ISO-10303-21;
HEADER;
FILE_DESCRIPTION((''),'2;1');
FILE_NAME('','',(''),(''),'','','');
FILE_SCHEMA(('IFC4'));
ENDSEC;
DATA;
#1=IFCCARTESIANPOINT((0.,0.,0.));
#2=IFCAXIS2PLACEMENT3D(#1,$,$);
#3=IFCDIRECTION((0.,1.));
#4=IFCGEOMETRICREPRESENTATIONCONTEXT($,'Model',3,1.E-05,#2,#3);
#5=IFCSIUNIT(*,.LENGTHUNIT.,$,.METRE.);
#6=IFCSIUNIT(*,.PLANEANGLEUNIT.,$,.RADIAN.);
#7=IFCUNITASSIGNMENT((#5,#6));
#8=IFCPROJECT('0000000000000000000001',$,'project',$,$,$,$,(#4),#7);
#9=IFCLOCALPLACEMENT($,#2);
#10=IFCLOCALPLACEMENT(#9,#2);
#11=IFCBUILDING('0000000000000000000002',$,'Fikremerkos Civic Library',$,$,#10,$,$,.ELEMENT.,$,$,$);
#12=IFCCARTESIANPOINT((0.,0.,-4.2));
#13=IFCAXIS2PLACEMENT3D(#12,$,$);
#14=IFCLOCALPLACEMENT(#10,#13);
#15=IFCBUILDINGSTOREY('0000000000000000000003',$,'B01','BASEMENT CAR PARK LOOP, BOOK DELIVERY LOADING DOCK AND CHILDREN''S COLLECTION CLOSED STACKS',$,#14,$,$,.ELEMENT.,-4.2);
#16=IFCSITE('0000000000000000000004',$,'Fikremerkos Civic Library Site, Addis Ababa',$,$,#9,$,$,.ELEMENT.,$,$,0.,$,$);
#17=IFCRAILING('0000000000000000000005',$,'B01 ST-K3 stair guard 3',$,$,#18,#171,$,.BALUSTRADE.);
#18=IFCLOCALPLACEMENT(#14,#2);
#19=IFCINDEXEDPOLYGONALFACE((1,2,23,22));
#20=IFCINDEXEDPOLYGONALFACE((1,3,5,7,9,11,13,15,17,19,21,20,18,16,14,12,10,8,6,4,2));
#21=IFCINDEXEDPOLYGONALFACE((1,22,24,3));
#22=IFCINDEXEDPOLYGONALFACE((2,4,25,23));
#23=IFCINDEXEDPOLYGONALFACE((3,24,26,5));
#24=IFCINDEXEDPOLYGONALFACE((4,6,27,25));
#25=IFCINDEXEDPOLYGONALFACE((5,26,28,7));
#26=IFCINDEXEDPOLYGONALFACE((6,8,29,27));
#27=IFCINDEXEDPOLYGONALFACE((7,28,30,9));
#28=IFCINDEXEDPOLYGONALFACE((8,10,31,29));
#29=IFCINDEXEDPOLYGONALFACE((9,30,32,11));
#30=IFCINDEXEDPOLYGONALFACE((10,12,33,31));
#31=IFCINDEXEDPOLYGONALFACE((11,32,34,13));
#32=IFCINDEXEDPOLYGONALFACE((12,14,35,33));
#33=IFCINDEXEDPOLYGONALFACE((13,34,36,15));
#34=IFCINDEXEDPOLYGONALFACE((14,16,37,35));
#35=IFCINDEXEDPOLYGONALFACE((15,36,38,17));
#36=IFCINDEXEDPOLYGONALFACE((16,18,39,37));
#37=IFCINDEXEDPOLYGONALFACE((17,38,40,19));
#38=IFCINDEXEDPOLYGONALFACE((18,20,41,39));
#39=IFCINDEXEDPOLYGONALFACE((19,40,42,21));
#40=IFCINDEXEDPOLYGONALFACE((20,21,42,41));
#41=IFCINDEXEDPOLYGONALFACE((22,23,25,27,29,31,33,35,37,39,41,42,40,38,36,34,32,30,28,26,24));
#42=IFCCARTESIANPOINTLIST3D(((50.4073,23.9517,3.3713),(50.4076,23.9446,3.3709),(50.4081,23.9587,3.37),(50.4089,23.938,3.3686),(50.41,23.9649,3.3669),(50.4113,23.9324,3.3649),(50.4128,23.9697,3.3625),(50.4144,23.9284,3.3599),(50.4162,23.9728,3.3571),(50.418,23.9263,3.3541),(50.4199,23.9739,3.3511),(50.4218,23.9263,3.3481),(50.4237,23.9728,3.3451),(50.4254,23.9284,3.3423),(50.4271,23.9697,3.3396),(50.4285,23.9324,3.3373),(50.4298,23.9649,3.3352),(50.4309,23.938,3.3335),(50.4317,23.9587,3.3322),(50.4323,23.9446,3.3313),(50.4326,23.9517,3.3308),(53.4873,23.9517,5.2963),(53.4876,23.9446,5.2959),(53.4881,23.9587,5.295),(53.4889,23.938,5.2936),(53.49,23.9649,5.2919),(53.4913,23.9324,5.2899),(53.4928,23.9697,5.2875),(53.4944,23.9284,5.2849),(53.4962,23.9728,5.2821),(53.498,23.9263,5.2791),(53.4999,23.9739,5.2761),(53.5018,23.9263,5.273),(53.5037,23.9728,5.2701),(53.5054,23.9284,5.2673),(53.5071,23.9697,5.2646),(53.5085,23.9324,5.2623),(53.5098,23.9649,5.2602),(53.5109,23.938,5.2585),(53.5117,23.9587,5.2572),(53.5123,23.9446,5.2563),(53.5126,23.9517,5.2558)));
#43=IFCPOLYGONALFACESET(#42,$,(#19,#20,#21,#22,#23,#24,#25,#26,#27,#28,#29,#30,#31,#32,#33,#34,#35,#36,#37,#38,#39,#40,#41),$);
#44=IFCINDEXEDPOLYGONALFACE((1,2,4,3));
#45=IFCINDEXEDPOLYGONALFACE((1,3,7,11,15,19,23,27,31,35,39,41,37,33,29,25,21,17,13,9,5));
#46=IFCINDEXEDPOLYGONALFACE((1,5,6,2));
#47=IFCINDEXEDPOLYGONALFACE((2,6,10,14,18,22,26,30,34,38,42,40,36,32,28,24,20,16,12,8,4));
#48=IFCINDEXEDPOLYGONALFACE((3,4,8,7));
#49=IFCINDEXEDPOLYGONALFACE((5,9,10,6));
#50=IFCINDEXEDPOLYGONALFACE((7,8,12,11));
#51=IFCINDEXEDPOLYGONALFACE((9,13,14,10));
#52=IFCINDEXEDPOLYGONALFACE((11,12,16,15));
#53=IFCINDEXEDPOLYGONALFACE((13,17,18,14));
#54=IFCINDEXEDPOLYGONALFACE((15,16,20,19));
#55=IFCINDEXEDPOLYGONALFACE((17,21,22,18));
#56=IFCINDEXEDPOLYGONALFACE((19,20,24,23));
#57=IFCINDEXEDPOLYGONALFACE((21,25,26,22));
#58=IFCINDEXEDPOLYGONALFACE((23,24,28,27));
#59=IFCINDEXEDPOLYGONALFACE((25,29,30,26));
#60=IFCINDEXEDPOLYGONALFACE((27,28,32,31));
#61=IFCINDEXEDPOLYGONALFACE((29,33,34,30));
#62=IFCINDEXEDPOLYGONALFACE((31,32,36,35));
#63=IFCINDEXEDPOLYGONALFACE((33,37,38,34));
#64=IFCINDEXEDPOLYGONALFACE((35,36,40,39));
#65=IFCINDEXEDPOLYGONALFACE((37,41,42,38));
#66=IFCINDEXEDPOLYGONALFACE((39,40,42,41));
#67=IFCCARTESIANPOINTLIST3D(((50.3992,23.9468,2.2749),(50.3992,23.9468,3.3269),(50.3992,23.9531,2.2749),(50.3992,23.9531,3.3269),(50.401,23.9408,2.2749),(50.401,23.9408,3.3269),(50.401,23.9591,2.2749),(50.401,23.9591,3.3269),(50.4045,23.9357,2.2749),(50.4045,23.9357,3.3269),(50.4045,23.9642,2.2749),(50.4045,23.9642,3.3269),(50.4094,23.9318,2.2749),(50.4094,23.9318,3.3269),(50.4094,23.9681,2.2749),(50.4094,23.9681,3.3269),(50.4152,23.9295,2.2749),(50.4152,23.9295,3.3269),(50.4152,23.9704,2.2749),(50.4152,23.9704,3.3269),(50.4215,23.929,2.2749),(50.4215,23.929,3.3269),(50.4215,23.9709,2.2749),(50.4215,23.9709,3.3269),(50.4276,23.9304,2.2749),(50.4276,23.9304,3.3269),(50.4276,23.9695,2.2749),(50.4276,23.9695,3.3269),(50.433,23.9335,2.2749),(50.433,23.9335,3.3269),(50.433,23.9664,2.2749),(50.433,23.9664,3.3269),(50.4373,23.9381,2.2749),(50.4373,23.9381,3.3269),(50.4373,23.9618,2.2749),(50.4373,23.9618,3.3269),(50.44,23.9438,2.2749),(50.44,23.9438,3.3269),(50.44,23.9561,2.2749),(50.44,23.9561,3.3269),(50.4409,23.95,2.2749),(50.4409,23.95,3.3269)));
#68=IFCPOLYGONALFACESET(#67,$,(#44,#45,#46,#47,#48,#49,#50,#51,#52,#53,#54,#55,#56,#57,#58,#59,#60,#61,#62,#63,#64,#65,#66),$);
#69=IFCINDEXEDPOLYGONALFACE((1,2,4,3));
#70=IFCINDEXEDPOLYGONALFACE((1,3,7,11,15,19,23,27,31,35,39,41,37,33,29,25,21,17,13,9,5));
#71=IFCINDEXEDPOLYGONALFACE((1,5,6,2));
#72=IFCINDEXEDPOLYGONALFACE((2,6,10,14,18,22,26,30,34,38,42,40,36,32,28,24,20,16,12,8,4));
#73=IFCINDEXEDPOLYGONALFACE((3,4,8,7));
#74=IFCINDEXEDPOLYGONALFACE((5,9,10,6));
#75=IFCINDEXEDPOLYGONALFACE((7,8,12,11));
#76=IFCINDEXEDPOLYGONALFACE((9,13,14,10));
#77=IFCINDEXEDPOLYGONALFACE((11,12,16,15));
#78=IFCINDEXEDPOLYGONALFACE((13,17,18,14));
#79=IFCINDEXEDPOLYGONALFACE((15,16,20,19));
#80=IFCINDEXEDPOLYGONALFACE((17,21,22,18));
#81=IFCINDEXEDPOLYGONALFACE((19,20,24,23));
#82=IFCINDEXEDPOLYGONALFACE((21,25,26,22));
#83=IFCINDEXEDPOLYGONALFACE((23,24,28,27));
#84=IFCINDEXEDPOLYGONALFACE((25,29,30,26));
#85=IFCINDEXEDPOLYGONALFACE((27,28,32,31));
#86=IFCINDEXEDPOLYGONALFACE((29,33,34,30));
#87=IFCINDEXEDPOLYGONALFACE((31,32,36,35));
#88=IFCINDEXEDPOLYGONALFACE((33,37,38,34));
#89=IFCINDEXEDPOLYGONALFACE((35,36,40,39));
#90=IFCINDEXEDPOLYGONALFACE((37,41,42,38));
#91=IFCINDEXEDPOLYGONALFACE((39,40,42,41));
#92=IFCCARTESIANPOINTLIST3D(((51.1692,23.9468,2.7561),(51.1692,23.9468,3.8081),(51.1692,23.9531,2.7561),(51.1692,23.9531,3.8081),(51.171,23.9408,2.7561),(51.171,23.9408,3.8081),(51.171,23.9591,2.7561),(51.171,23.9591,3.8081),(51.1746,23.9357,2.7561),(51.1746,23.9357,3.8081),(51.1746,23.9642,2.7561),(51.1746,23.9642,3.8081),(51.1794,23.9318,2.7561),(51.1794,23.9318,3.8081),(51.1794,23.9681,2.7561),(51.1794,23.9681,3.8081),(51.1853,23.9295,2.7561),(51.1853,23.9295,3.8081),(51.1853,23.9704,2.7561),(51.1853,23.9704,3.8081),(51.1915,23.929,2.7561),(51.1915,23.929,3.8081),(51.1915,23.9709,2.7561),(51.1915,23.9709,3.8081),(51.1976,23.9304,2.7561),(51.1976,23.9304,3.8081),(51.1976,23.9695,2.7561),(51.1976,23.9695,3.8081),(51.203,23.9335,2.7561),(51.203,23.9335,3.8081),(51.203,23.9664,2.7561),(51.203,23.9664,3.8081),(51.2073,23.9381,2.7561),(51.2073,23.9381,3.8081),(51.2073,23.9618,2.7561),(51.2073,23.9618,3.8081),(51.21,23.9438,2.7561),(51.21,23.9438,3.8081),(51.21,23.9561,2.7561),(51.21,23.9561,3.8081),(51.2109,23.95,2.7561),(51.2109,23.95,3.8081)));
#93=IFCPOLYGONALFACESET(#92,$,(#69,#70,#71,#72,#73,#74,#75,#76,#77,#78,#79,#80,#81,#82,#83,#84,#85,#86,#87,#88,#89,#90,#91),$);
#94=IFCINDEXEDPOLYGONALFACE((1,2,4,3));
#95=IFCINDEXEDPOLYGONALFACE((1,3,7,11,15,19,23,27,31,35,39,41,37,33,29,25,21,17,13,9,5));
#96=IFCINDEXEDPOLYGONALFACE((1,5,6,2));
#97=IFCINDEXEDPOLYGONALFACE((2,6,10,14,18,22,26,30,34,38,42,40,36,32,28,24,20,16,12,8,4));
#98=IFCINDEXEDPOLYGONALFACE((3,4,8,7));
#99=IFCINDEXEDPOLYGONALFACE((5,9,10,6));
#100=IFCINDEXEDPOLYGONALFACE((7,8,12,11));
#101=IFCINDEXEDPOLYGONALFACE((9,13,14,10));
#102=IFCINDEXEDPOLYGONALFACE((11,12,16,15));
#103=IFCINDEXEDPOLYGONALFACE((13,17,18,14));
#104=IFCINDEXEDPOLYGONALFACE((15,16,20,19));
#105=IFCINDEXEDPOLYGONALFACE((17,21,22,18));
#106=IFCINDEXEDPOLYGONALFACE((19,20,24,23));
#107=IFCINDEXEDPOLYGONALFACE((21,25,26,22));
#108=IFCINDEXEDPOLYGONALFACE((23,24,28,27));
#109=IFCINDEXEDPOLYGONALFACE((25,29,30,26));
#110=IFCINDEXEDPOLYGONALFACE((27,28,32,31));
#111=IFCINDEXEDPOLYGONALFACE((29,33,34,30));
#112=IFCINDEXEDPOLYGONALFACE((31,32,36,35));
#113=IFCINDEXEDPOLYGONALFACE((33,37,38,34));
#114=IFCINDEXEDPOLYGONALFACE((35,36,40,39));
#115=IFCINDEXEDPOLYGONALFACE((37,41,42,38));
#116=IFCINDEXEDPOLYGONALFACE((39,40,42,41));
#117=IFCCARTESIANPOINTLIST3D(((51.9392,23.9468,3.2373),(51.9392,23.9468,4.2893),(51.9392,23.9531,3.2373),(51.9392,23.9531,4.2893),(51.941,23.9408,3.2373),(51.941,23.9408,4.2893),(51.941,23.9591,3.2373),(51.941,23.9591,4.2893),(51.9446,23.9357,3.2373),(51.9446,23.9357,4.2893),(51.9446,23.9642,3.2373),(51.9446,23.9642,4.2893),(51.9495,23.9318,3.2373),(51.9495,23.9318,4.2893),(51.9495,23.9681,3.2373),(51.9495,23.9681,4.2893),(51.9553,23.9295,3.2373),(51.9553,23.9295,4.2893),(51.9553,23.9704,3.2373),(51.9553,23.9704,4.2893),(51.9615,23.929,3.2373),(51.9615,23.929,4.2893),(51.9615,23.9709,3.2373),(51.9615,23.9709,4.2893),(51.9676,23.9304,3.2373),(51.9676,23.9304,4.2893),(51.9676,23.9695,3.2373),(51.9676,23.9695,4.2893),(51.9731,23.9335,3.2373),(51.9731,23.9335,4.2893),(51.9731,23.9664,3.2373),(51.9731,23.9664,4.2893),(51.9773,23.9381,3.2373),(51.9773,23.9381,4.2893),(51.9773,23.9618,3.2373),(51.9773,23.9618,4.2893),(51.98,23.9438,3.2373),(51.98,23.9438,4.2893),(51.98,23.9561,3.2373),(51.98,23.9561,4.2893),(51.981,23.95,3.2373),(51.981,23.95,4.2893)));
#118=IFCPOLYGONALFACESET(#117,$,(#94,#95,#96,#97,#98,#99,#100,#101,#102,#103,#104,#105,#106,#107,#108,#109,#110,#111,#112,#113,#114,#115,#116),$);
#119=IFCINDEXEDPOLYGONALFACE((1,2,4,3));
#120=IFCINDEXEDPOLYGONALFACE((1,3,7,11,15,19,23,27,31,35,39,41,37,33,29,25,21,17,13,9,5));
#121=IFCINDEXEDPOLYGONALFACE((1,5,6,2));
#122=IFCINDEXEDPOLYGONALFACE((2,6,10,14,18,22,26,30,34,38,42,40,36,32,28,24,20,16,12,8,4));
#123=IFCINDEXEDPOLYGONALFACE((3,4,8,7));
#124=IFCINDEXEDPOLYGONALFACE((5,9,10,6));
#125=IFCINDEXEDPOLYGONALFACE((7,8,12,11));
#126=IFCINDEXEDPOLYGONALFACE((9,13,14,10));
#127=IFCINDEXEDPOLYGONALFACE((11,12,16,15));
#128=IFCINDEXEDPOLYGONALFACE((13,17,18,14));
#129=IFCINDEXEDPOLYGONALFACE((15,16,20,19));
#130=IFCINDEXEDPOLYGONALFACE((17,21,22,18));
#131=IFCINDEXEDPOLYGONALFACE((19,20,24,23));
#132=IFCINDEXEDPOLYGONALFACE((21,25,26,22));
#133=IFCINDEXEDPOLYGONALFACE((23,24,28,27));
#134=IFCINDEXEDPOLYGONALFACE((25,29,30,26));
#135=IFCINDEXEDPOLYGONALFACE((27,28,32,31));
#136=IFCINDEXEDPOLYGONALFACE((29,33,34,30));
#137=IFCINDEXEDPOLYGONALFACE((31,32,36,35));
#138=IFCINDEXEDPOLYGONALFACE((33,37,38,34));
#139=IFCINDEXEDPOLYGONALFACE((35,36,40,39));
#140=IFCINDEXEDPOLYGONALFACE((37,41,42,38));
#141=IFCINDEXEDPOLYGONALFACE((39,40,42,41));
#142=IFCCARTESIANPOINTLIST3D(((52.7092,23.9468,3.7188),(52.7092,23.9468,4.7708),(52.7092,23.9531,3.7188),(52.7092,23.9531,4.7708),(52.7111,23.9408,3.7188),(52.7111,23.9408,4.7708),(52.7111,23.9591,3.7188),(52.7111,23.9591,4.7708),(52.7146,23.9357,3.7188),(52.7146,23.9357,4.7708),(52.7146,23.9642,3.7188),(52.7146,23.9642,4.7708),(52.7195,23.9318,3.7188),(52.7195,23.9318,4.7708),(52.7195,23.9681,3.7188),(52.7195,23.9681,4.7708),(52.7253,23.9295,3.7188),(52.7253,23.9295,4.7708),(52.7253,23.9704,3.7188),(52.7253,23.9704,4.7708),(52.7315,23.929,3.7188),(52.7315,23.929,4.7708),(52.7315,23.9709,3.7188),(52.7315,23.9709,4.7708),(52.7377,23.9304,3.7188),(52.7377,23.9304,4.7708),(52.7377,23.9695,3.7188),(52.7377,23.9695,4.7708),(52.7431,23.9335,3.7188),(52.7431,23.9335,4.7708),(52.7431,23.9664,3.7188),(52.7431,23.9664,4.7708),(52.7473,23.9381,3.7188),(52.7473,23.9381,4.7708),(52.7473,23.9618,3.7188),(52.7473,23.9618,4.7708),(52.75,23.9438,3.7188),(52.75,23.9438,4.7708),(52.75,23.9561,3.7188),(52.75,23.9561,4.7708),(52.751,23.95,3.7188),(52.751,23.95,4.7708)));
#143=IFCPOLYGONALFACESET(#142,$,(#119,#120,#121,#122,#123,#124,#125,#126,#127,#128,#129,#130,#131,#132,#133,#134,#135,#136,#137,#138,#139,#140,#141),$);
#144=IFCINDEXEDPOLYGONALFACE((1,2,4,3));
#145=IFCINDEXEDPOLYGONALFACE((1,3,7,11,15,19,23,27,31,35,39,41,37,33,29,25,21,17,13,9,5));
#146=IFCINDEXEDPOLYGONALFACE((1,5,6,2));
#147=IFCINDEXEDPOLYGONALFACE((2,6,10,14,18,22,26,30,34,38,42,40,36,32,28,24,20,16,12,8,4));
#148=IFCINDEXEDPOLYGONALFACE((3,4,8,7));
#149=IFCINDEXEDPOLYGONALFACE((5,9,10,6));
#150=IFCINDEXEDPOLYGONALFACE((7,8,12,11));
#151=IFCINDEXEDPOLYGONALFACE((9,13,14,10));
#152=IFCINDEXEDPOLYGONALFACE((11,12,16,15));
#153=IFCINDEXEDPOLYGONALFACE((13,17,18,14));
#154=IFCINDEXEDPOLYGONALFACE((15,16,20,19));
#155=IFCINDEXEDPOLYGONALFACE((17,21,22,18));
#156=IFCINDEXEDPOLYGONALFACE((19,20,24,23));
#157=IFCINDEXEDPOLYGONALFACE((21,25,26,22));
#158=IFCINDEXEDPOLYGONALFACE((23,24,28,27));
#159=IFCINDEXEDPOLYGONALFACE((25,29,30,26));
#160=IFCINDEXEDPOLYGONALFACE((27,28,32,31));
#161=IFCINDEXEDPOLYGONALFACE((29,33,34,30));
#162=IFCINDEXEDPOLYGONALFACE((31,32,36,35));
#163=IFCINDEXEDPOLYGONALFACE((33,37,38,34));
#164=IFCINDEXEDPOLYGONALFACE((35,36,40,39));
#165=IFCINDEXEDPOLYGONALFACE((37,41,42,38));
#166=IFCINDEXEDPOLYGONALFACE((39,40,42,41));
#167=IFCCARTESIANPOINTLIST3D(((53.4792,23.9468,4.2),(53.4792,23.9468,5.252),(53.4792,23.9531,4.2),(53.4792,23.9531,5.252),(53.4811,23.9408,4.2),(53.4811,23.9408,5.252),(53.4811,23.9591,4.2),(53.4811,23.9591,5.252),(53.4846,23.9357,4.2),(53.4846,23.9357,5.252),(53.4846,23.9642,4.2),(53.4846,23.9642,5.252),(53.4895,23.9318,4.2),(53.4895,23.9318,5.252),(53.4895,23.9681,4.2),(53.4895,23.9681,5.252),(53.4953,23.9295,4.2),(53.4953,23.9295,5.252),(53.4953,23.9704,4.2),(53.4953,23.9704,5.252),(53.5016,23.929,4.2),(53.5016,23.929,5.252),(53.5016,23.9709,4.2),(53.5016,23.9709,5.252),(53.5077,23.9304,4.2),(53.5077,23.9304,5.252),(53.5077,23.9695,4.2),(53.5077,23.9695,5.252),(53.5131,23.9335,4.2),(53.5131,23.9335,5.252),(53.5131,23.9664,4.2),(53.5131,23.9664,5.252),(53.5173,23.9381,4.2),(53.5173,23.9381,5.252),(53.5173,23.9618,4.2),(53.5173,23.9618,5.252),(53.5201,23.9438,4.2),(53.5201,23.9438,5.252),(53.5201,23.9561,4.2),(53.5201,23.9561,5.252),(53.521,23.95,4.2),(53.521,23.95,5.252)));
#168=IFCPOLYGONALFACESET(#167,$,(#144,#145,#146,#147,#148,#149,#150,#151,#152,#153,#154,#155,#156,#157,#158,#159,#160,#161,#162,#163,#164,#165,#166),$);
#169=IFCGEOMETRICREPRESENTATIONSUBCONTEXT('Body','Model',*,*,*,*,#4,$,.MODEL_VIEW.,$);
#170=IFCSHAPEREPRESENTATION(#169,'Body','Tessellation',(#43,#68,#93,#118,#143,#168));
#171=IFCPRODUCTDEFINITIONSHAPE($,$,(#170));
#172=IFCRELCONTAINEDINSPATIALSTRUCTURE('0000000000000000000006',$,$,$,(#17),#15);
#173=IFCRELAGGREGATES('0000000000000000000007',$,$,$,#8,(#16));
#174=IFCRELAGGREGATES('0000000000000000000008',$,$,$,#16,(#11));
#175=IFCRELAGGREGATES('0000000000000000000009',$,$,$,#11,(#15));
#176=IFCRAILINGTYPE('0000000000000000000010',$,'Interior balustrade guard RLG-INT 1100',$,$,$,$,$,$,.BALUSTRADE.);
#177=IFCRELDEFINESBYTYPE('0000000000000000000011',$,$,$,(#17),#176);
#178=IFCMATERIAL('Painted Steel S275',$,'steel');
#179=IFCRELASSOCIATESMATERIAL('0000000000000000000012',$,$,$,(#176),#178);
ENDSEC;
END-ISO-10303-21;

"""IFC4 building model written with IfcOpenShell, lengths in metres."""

from ifc_helpers import new_model, si_unit, direction, frame, origin, origin_2d, place, context, subcontext, project, spatial, circle, extrude, material, type_object, element, save


model = new_model("IFC4")

# Units and contexts
model_context = context("Model", 3, precision=1e-05, world=origin(), true_north=direction((0.0, 1.0)))
body_context = subcontext(model_context, "Body", "Model", "MODEL_VIEW")
ifc_project = project(units=[si_unit("LENGTHUNIT", "METRE"), si_unit("PLANEANGLEUNIT", "RADIAN")], contexts=[model_context])

# Site, building, storey
site_placement = place(None, origin())
site = spatial("IfcSite", under=ifc_project, at=site_placement, Name="Fikremerkos Civic Library Site, Addis Ababa", CompositionType="ELEMENT", RefElevation=0.0)
building_placement = place(site_placement, origin())
building = spatial("IfcBuilding", under=site, at=building_placement, Name="Fikremerkos Civic Library", CompositionType="ELEMENT")
storey_placement = place(building_placement, frame((0.0, 0.0, -4.2)))
storey = spatial("IfcBuildingStorey", under=building, at=storey_placement, Name="B01", Description="BASEMENT CAR PARK LOOP, BOOK DELIVERY LOADING DOCK AND CHILDREN'S COLLECTION CLOSED STACKS", CompositionType="ELEMENT", Elevation=-4.2)

# Railing
ifc_material_1 = material(Name="Painted Steel S275", Category="steel")
railing_type_1 = type_object("IfcRailingType", Name="Interior balustrade guard RLG-INT 1100", PredefinedType="BALUSTRADE", material=ifc_material_1)
railing_1_placement = place(storey_placement, frame((50.4199, 23.95, 2.2749)))
element("IfcRailing", 1, at=railing_1_placement, inside=storey, type_object=railing_type_1, Name="B01 ST-K3 stair guard 3", PredefinedType="BALUSTRADE", context=body_context, shape_type="SweptSolid", body=[
    extrude(circle(Radius=0.0239, at=origin_2d()), frame((0.0, 0.0, 1.0762), z_axis=(0.847998, 0.0, 0.529999), x_axis=(0.0, 1.0, 0.0)), (0.0, 0.0, 1.0), 3.6321),
    extrude(circle(Radius=0.021, at=origin_2d()), origin(), (0.0, 0.0, 1.0), 1.052),
    extrude(circle(Radius=0.021, at=origin_2d()), frame((0.77, 0.0, 0.4812)), (0.0, 0.0, 1.0), 1.052),
    extrude(circle(Radius=0.021, at=origin_2d()), frame((1.54, 0.0, 0.9624)), (0.0, 0.0, 1.0), 1.052),
    extrude(circle(Radius=0.021, at=origin_2d()), frame((2.3101, 0.0, 1.4438)), (0.0, 0.0, 1.0), 1.052),
    extrude(circle(Radius=0.021, at=origin_2d()), frame((3.0801, 0.0, 1.925)), (0.0, 0.0, 1.0), 1.052),
])

save(model, "model.ifc")
